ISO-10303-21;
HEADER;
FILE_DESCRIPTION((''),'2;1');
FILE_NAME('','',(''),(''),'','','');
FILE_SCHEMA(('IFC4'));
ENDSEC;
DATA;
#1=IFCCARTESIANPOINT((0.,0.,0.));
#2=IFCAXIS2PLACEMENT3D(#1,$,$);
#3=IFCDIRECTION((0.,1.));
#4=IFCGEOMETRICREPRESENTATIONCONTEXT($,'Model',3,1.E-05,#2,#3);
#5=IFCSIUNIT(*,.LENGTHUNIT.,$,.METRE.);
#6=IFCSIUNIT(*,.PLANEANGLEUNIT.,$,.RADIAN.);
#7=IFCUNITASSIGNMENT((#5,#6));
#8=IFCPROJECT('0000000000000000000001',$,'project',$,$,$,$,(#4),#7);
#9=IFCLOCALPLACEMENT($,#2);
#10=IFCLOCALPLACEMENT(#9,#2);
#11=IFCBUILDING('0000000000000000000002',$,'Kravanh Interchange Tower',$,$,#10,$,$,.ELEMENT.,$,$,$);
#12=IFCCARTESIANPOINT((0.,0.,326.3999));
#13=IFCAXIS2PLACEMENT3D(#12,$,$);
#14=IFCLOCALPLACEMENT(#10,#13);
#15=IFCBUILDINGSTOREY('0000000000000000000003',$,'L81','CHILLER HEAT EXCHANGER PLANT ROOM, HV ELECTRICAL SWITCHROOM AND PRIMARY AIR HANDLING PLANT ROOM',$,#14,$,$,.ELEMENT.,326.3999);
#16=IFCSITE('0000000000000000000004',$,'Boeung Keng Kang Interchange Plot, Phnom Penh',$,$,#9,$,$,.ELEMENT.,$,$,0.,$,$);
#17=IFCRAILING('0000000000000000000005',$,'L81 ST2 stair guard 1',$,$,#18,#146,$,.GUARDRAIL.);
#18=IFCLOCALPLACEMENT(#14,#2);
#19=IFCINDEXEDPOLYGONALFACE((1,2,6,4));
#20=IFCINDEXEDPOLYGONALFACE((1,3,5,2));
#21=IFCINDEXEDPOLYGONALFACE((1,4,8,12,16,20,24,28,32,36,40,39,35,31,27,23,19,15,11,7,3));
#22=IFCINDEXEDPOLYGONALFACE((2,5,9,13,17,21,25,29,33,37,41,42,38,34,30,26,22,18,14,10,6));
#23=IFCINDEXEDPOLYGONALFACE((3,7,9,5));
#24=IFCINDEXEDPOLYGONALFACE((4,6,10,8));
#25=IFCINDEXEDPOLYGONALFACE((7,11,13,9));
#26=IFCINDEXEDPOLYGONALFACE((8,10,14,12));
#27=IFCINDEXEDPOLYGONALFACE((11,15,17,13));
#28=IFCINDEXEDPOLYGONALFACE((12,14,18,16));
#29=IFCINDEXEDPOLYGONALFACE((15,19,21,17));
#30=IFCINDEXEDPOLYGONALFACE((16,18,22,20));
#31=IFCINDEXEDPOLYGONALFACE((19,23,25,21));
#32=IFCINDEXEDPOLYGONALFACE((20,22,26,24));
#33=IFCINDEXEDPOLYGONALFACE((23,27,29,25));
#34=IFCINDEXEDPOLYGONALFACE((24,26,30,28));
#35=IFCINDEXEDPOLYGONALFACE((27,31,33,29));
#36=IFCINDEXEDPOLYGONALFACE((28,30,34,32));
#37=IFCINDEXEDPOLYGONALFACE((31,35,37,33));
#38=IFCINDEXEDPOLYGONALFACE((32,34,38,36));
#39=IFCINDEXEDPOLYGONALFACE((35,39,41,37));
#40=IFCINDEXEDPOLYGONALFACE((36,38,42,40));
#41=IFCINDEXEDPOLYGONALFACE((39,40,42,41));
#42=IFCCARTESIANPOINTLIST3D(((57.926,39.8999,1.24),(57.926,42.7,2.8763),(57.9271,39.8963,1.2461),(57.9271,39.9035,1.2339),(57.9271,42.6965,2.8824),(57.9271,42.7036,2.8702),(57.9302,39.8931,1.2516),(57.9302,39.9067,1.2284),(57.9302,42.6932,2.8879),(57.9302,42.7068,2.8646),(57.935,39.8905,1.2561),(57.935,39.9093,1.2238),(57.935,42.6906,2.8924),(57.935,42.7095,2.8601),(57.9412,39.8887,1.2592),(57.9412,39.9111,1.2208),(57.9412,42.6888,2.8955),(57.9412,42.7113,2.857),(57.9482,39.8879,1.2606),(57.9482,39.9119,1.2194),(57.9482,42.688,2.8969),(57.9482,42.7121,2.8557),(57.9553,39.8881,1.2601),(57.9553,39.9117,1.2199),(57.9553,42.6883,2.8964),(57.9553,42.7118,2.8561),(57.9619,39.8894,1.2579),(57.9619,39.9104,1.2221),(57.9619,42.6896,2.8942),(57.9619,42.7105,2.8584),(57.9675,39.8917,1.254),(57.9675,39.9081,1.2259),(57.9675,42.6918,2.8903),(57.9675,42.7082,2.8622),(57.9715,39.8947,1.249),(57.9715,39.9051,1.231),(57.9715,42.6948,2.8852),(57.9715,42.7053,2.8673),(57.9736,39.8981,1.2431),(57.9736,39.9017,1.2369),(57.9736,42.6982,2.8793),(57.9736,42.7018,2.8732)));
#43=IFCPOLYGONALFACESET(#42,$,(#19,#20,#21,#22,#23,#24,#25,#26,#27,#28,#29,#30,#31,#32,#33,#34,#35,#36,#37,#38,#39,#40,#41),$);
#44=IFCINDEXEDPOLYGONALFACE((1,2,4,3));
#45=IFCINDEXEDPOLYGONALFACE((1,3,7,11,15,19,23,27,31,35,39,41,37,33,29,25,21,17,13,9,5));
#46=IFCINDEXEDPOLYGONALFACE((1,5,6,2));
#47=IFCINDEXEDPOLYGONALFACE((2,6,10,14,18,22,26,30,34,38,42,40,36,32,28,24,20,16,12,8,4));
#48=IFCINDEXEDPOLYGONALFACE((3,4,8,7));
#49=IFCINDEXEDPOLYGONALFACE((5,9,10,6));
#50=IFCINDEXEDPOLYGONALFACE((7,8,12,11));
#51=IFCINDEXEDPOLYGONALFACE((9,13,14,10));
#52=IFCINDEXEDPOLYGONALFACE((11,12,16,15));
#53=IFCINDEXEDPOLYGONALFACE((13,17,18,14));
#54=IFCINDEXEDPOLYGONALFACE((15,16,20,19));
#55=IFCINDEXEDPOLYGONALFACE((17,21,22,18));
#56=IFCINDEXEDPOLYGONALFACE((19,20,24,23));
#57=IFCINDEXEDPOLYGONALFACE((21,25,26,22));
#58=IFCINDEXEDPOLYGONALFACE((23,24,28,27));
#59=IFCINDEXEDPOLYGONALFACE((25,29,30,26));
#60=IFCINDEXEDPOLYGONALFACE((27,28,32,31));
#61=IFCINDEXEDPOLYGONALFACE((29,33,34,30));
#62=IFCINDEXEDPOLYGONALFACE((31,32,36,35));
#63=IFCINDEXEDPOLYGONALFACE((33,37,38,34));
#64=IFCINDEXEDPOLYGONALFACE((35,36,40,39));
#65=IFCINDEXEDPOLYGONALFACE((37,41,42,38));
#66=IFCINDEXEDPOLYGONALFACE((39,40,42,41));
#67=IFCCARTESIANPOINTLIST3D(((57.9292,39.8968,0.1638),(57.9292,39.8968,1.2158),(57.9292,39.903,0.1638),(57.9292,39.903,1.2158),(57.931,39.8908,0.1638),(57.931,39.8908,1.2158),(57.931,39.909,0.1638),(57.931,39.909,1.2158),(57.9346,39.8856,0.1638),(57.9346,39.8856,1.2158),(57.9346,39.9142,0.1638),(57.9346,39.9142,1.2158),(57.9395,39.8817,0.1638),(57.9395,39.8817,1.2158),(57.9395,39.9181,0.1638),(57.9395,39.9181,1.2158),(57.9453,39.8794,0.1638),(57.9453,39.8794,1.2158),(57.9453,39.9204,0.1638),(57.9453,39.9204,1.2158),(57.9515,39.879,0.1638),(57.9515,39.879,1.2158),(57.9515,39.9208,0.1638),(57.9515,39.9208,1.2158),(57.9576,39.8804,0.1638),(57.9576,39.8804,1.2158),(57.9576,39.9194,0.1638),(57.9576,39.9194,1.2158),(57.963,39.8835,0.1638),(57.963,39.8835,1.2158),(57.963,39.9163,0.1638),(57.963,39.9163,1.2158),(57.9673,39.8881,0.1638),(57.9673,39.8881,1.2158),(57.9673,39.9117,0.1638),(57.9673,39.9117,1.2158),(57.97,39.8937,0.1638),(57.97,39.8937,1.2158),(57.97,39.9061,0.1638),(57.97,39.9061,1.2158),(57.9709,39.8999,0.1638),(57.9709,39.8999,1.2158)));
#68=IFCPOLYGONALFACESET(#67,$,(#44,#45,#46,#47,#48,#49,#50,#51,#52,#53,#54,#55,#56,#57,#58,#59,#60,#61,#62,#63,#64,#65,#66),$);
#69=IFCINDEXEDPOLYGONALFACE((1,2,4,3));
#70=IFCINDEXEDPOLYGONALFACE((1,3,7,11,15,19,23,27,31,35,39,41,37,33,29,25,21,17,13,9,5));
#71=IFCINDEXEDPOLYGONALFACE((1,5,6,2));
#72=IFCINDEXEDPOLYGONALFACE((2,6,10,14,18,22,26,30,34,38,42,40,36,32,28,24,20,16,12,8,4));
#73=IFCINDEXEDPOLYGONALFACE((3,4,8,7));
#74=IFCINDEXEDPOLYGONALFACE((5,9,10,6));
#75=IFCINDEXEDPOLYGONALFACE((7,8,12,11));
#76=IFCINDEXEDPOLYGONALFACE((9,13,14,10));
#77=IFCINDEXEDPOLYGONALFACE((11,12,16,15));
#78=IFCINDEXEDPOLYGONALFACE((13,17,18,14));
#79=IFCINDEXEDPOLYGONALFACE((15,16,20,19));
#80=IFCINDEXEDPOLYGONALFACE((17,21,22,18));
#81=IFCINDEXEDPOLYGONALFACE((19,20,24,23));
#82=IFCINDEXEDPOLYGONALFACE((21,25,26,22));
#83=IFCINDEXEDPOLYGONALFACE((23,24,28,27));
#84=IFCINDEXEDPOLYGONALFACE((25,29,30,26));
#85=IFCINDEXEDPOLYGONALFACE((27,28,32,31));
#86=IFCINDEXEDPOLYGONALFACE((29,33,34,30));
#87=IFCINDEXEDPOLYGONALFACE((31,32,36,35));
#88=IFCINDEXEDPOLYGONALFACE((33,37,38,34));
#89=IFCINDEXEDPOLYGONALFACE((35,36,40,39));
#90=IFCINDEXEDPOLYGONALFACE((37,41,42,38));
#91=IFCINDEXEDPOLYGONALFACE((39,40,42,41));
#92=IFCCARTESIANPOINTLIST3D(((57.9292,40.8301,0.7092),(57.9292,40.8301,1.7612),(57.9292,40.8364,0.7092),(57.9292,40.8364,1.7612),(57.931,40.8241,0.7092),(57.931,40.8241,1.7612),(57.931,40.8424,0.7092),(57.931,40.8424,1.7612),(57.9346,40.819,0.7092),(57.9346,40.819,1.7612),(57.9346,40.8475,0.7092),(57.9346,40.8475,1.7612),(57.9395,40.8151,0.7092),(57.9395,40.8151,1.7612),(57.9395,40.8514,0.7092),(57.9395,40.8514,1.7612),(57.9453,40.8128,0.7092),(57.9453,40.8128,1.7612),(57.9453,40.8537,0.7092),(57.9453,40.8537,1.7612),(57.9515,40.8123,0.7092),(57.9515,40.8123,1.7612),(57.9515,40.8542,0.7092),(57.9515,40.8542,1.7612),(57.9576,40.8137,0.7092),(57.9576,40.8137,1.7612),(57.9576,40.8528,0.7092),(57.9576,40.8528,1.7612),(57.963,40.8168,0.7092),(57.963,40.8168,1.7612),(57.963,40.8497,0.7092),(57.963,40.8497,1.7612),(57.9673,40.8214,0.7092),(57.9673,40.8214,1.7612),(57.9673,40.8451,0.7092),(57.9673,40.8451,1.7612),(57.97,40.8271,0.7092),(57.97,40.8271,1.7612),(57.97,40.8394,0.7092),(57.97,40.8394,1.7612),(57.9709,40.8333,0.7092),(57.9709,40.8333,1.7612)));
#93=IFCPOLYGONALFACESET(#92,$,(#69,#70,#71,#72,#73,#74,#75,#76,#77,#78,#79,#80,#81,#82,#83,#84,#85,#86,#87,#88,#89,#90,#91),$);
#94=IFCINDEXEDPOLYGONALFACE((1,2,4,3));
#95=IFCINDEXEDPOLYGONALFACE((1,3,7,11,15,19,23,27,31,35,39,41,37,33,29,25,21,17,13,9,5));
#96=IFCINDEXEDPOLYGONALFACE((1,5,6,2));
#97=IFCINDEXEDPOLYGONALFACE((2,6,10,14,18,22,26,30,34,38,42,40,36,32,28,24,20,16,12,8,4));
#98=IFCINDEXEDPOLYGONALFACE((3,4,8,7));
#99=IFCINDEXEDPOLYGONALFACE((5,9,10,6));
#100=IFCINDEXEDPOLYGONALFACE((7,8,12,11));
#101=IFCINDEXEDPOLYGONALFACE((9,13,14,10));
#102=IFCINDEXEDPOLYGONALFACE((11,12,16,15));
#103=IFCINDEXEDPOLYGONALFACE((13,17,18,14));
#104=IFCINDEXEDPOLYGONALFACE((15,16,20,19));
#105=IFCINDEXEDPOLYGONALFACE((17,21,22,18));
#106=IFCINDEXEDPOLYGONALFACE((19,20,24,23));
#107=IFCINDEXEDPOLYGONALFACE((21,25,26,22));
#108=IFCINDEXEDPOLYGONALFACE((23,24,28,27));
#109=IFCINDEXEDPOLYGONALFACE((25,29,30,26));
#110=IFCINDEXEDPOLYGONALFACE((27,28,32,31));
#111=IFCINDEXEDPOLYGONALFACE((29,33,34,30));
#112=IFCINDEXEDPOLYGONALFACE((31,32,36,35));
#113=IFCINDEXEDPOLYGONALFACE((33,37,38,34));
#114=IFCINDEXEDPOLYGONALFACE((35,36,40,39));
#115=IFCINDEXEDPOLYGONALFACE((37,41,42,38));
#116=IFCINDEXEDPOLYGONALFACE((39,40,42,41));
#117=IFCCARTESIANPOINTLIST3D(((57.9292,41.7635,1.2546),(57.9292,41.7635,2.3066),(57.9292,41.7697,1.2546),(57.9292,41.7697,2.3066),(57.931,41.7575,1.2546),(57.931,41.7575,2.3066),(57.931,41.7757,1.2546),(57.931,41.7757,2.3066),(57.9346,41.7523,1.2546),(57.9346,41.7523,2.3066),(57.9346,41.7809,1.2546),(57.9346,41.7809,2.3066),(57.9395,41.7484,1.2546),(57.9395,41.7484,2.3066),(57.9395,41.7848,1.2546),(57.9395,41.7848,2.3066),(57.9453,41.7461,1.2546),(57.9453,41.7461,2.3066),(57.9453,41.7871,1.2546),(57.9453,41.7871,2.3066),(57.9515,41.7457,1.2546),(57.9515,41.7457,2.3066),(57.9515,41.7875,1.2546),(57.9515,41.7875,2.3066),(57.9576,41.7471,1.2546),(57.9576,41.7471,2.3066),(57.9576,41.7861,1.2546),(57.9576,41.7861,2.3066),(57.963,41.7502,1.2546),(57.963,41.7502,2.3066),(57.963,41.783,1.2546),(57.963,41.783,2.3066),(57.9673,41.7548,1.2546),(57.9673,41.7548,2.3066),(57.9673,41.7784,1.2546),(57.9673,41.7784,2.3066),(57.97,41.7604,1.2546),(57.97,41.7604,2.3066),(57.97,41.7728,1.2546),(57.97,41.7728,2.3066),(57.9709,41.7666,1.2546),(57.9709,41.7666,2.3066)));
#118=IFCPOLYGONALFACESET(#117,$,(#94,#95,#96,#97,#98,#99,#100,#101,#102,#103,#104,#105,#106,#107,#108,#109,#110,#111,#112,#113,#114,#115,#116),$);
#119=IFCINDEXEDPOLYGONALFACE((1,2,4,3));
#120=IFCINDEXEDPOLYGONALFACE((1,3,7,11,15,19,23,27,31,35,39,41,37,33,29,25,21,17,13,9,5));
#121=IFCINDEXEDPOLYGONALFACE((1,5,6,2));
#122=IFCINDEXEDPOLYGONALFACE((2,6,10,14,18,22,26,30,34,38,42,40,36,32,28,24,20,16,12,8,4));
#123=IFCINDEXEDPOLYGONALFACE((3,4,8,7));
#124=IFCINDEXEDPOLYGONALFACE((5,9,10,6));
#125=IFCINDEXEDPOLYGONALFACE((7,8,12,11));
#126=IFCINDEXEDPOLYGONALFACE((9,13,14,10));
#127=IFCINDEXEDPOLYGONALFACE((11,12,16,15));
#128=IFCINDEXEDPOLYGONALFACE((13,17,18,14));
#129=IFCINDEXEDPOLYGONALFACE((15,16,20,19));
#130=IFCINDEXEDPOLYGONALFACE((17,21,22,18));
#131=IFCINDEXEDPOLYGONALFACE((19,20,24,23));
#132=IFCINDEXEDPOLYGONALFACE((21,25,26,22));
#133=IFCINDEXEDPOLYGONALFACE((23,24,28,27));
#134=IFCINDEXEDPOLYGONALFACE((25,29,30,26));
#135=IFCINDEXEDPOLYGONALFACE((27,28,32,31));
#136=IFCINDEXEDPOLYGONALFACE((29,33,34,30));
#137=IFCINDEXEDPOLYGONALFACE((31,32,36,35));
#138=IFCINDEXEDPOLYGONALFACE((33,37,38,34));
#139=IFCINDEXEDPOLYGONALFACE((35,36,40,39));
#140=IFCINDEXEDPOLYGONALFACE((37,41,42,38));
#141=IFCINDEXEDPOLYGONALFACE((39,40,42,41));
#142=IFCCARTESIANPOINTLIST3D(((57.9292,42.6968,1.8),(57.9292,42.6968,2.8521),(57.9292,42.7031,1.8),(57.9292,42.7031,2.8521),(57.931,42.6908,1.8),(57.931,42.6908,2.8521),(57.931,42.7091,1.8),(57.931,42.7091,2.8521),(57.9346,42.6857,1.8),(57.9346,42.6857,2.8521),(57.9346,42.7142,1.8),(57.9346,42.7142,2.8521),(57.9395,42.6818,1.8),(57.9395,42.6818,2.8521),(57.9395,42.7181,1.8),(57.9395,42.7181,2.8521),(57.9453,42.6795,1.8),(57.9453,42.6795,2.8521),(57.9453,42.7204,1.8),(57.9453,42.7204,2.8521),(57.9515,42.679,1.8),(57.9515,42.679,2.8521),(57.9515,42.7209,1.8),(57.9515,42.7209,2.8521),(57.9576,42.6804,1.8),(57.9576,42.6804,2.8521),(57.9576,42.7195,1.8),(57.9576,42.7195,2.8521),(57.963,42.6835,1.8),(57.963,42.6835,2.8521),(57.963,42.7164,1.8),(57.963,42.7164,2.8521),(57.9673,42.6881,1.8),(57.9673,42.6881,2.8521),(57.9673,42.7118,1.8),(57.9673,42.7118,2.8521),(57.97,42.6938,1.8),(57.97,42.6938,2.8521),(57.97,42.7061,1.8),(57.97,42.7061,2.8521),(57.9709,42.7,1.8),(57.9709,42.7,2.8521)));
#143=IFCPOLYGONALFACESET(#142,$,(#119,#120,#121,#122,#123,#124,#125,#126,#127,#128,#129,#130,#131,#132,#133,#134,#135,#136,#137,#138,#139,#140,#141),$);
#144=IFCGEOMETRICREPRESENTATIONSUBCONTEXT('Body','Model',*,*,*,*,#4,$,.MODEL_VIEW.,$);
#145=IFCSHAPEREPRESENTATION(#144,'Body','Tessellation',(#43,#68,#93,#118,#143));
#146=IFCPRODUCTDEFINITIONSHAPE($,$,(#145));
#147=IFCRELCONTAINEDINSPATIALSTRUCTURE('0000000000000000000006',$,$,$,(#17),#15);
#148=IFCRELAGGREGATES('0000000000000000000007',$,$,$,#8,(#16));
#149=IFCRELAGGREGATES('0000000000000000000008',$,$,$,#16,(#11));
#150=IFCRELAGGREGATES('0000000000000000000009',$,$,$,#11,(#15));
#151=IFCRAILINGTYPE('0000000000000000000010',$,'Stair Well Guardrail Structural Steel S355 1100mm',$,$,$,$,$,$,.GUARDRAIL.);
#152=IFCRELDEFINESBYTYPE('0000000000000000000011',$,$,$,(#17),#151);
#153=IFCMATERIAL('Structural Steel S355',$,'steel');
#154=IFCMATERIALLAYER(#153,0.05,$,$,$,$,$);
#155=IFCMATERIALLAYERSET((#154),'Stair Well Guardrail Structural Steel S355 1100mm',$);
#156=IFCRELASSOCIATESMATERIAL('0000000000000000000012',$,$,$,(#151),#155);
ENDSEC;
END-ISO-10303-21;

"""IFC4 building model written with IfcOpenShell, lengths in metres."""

from ifc_helpers import new_model, si_unit, direction, frame, origin, origin_2d, place, context, subcontext, project, spatial, circle, extrude, material, layer, layer_set, type_object, element, save


model = new_model("IFC4")

# Units and contexts
model_context = context("Model", 3, precision=1e-05, world=origin(), true_north=direction((0.0, 1.0)))
body_context = subcontext(model_context, "Body", "Model", "MODEL_VIEW")
ifc_project = project(units=[si_unit("LENGTHUNIT", "METRE"), si_unit("PLANEANGLEUNIT", "RADIAN")], contexts=[model_context])

# Site, building, storey
site_placement = place(None, origin())
site = spatial("IfcSite", under=ifc_project, at=site_placement, Name="Boeung Keng Kang Interchange Plot, Phnom Penh", CompositionType="ELEMENT", RefElevation=0.0)
building_placement = place(site_placement, origin())
building = spatial("IfcBuilding", under=site, at=building_placement, Name="Kravanh Interchange Tower", CompositionType="ELEMENT")
storey_placement = place(building_placement, frame((0.0, 0.0, 326.3999)))
storey = spatial("IfcBuildingStorey", under=building, at=storey_placement, Name="L81", Description="CHILLER HEAT EXCHANGER PLANT ROOM, HV ELECTRICAL SWITCHROOM AND PRIMARY AIR HANDLING PLANT ROOM", CompositionType="ELEMENT", Elevation=326.3999)

# Railing
ifc_material_1 = material(Name="Structural Steel S355", Category="steel")
ifc_layer_1 = layer(ifc_material_1, 0.05)
ifc_layer_set_1 = layer_set([ifc_layer_1], Name="Stair Well Guardrail Structural Steel S355 1100mm")
railing_type_1 = type_object("IfcRailingType", Name="Stair Well Guardrail Structural Steel S355 1100mm", PredefinedType="GUARDRAIL", material=ifc_layer_set_1)
railing_1_placement = place(storey_placement, frame((57.95, 39.8999, 0.1638)))
element("IfcRailing", 1, at=railing_1_placement, inside=storey, type_object=railing_type_1, Name="L81 ST2 stair guard 1", PredefinedType="GUARDRAIL", context=body_context, shape_type="SweptSolid", body=[
    extrude(circle(Radius=0.0239, at=origin_2d()), frame((0.0, 0.0, 1.0762), z_axis=(0.0, 0.863394, 0.504531), x_axis=(-1.0, 0.0, 0.0)), (0.0, 0.0, 1.0), 3.2432),
    extrude(circle(Radius=0.021, at=origin_2d()), origin(), (0.0, 0.0, 1.0), 1.052),
    extrude(circle(Radius=0.021, at=origin_2d()), frame((0.0, 0.9333, 0.5454)), (0.0, 0.0, 1.0), 1.052),
    extrude(circle(Radius=0.021, at=origin_2d()), frame((0.0, 1.8667, 1.0908)), (0.0, 0.0, 1.0), 1.052),
    extrude(circle(Radius=0.021, at=origin_2d()), frame((0.0, 2.8, 1.6362)), (0.0, 0.0, 1.0), 1.052),
])

save(model, "model.ifc")
